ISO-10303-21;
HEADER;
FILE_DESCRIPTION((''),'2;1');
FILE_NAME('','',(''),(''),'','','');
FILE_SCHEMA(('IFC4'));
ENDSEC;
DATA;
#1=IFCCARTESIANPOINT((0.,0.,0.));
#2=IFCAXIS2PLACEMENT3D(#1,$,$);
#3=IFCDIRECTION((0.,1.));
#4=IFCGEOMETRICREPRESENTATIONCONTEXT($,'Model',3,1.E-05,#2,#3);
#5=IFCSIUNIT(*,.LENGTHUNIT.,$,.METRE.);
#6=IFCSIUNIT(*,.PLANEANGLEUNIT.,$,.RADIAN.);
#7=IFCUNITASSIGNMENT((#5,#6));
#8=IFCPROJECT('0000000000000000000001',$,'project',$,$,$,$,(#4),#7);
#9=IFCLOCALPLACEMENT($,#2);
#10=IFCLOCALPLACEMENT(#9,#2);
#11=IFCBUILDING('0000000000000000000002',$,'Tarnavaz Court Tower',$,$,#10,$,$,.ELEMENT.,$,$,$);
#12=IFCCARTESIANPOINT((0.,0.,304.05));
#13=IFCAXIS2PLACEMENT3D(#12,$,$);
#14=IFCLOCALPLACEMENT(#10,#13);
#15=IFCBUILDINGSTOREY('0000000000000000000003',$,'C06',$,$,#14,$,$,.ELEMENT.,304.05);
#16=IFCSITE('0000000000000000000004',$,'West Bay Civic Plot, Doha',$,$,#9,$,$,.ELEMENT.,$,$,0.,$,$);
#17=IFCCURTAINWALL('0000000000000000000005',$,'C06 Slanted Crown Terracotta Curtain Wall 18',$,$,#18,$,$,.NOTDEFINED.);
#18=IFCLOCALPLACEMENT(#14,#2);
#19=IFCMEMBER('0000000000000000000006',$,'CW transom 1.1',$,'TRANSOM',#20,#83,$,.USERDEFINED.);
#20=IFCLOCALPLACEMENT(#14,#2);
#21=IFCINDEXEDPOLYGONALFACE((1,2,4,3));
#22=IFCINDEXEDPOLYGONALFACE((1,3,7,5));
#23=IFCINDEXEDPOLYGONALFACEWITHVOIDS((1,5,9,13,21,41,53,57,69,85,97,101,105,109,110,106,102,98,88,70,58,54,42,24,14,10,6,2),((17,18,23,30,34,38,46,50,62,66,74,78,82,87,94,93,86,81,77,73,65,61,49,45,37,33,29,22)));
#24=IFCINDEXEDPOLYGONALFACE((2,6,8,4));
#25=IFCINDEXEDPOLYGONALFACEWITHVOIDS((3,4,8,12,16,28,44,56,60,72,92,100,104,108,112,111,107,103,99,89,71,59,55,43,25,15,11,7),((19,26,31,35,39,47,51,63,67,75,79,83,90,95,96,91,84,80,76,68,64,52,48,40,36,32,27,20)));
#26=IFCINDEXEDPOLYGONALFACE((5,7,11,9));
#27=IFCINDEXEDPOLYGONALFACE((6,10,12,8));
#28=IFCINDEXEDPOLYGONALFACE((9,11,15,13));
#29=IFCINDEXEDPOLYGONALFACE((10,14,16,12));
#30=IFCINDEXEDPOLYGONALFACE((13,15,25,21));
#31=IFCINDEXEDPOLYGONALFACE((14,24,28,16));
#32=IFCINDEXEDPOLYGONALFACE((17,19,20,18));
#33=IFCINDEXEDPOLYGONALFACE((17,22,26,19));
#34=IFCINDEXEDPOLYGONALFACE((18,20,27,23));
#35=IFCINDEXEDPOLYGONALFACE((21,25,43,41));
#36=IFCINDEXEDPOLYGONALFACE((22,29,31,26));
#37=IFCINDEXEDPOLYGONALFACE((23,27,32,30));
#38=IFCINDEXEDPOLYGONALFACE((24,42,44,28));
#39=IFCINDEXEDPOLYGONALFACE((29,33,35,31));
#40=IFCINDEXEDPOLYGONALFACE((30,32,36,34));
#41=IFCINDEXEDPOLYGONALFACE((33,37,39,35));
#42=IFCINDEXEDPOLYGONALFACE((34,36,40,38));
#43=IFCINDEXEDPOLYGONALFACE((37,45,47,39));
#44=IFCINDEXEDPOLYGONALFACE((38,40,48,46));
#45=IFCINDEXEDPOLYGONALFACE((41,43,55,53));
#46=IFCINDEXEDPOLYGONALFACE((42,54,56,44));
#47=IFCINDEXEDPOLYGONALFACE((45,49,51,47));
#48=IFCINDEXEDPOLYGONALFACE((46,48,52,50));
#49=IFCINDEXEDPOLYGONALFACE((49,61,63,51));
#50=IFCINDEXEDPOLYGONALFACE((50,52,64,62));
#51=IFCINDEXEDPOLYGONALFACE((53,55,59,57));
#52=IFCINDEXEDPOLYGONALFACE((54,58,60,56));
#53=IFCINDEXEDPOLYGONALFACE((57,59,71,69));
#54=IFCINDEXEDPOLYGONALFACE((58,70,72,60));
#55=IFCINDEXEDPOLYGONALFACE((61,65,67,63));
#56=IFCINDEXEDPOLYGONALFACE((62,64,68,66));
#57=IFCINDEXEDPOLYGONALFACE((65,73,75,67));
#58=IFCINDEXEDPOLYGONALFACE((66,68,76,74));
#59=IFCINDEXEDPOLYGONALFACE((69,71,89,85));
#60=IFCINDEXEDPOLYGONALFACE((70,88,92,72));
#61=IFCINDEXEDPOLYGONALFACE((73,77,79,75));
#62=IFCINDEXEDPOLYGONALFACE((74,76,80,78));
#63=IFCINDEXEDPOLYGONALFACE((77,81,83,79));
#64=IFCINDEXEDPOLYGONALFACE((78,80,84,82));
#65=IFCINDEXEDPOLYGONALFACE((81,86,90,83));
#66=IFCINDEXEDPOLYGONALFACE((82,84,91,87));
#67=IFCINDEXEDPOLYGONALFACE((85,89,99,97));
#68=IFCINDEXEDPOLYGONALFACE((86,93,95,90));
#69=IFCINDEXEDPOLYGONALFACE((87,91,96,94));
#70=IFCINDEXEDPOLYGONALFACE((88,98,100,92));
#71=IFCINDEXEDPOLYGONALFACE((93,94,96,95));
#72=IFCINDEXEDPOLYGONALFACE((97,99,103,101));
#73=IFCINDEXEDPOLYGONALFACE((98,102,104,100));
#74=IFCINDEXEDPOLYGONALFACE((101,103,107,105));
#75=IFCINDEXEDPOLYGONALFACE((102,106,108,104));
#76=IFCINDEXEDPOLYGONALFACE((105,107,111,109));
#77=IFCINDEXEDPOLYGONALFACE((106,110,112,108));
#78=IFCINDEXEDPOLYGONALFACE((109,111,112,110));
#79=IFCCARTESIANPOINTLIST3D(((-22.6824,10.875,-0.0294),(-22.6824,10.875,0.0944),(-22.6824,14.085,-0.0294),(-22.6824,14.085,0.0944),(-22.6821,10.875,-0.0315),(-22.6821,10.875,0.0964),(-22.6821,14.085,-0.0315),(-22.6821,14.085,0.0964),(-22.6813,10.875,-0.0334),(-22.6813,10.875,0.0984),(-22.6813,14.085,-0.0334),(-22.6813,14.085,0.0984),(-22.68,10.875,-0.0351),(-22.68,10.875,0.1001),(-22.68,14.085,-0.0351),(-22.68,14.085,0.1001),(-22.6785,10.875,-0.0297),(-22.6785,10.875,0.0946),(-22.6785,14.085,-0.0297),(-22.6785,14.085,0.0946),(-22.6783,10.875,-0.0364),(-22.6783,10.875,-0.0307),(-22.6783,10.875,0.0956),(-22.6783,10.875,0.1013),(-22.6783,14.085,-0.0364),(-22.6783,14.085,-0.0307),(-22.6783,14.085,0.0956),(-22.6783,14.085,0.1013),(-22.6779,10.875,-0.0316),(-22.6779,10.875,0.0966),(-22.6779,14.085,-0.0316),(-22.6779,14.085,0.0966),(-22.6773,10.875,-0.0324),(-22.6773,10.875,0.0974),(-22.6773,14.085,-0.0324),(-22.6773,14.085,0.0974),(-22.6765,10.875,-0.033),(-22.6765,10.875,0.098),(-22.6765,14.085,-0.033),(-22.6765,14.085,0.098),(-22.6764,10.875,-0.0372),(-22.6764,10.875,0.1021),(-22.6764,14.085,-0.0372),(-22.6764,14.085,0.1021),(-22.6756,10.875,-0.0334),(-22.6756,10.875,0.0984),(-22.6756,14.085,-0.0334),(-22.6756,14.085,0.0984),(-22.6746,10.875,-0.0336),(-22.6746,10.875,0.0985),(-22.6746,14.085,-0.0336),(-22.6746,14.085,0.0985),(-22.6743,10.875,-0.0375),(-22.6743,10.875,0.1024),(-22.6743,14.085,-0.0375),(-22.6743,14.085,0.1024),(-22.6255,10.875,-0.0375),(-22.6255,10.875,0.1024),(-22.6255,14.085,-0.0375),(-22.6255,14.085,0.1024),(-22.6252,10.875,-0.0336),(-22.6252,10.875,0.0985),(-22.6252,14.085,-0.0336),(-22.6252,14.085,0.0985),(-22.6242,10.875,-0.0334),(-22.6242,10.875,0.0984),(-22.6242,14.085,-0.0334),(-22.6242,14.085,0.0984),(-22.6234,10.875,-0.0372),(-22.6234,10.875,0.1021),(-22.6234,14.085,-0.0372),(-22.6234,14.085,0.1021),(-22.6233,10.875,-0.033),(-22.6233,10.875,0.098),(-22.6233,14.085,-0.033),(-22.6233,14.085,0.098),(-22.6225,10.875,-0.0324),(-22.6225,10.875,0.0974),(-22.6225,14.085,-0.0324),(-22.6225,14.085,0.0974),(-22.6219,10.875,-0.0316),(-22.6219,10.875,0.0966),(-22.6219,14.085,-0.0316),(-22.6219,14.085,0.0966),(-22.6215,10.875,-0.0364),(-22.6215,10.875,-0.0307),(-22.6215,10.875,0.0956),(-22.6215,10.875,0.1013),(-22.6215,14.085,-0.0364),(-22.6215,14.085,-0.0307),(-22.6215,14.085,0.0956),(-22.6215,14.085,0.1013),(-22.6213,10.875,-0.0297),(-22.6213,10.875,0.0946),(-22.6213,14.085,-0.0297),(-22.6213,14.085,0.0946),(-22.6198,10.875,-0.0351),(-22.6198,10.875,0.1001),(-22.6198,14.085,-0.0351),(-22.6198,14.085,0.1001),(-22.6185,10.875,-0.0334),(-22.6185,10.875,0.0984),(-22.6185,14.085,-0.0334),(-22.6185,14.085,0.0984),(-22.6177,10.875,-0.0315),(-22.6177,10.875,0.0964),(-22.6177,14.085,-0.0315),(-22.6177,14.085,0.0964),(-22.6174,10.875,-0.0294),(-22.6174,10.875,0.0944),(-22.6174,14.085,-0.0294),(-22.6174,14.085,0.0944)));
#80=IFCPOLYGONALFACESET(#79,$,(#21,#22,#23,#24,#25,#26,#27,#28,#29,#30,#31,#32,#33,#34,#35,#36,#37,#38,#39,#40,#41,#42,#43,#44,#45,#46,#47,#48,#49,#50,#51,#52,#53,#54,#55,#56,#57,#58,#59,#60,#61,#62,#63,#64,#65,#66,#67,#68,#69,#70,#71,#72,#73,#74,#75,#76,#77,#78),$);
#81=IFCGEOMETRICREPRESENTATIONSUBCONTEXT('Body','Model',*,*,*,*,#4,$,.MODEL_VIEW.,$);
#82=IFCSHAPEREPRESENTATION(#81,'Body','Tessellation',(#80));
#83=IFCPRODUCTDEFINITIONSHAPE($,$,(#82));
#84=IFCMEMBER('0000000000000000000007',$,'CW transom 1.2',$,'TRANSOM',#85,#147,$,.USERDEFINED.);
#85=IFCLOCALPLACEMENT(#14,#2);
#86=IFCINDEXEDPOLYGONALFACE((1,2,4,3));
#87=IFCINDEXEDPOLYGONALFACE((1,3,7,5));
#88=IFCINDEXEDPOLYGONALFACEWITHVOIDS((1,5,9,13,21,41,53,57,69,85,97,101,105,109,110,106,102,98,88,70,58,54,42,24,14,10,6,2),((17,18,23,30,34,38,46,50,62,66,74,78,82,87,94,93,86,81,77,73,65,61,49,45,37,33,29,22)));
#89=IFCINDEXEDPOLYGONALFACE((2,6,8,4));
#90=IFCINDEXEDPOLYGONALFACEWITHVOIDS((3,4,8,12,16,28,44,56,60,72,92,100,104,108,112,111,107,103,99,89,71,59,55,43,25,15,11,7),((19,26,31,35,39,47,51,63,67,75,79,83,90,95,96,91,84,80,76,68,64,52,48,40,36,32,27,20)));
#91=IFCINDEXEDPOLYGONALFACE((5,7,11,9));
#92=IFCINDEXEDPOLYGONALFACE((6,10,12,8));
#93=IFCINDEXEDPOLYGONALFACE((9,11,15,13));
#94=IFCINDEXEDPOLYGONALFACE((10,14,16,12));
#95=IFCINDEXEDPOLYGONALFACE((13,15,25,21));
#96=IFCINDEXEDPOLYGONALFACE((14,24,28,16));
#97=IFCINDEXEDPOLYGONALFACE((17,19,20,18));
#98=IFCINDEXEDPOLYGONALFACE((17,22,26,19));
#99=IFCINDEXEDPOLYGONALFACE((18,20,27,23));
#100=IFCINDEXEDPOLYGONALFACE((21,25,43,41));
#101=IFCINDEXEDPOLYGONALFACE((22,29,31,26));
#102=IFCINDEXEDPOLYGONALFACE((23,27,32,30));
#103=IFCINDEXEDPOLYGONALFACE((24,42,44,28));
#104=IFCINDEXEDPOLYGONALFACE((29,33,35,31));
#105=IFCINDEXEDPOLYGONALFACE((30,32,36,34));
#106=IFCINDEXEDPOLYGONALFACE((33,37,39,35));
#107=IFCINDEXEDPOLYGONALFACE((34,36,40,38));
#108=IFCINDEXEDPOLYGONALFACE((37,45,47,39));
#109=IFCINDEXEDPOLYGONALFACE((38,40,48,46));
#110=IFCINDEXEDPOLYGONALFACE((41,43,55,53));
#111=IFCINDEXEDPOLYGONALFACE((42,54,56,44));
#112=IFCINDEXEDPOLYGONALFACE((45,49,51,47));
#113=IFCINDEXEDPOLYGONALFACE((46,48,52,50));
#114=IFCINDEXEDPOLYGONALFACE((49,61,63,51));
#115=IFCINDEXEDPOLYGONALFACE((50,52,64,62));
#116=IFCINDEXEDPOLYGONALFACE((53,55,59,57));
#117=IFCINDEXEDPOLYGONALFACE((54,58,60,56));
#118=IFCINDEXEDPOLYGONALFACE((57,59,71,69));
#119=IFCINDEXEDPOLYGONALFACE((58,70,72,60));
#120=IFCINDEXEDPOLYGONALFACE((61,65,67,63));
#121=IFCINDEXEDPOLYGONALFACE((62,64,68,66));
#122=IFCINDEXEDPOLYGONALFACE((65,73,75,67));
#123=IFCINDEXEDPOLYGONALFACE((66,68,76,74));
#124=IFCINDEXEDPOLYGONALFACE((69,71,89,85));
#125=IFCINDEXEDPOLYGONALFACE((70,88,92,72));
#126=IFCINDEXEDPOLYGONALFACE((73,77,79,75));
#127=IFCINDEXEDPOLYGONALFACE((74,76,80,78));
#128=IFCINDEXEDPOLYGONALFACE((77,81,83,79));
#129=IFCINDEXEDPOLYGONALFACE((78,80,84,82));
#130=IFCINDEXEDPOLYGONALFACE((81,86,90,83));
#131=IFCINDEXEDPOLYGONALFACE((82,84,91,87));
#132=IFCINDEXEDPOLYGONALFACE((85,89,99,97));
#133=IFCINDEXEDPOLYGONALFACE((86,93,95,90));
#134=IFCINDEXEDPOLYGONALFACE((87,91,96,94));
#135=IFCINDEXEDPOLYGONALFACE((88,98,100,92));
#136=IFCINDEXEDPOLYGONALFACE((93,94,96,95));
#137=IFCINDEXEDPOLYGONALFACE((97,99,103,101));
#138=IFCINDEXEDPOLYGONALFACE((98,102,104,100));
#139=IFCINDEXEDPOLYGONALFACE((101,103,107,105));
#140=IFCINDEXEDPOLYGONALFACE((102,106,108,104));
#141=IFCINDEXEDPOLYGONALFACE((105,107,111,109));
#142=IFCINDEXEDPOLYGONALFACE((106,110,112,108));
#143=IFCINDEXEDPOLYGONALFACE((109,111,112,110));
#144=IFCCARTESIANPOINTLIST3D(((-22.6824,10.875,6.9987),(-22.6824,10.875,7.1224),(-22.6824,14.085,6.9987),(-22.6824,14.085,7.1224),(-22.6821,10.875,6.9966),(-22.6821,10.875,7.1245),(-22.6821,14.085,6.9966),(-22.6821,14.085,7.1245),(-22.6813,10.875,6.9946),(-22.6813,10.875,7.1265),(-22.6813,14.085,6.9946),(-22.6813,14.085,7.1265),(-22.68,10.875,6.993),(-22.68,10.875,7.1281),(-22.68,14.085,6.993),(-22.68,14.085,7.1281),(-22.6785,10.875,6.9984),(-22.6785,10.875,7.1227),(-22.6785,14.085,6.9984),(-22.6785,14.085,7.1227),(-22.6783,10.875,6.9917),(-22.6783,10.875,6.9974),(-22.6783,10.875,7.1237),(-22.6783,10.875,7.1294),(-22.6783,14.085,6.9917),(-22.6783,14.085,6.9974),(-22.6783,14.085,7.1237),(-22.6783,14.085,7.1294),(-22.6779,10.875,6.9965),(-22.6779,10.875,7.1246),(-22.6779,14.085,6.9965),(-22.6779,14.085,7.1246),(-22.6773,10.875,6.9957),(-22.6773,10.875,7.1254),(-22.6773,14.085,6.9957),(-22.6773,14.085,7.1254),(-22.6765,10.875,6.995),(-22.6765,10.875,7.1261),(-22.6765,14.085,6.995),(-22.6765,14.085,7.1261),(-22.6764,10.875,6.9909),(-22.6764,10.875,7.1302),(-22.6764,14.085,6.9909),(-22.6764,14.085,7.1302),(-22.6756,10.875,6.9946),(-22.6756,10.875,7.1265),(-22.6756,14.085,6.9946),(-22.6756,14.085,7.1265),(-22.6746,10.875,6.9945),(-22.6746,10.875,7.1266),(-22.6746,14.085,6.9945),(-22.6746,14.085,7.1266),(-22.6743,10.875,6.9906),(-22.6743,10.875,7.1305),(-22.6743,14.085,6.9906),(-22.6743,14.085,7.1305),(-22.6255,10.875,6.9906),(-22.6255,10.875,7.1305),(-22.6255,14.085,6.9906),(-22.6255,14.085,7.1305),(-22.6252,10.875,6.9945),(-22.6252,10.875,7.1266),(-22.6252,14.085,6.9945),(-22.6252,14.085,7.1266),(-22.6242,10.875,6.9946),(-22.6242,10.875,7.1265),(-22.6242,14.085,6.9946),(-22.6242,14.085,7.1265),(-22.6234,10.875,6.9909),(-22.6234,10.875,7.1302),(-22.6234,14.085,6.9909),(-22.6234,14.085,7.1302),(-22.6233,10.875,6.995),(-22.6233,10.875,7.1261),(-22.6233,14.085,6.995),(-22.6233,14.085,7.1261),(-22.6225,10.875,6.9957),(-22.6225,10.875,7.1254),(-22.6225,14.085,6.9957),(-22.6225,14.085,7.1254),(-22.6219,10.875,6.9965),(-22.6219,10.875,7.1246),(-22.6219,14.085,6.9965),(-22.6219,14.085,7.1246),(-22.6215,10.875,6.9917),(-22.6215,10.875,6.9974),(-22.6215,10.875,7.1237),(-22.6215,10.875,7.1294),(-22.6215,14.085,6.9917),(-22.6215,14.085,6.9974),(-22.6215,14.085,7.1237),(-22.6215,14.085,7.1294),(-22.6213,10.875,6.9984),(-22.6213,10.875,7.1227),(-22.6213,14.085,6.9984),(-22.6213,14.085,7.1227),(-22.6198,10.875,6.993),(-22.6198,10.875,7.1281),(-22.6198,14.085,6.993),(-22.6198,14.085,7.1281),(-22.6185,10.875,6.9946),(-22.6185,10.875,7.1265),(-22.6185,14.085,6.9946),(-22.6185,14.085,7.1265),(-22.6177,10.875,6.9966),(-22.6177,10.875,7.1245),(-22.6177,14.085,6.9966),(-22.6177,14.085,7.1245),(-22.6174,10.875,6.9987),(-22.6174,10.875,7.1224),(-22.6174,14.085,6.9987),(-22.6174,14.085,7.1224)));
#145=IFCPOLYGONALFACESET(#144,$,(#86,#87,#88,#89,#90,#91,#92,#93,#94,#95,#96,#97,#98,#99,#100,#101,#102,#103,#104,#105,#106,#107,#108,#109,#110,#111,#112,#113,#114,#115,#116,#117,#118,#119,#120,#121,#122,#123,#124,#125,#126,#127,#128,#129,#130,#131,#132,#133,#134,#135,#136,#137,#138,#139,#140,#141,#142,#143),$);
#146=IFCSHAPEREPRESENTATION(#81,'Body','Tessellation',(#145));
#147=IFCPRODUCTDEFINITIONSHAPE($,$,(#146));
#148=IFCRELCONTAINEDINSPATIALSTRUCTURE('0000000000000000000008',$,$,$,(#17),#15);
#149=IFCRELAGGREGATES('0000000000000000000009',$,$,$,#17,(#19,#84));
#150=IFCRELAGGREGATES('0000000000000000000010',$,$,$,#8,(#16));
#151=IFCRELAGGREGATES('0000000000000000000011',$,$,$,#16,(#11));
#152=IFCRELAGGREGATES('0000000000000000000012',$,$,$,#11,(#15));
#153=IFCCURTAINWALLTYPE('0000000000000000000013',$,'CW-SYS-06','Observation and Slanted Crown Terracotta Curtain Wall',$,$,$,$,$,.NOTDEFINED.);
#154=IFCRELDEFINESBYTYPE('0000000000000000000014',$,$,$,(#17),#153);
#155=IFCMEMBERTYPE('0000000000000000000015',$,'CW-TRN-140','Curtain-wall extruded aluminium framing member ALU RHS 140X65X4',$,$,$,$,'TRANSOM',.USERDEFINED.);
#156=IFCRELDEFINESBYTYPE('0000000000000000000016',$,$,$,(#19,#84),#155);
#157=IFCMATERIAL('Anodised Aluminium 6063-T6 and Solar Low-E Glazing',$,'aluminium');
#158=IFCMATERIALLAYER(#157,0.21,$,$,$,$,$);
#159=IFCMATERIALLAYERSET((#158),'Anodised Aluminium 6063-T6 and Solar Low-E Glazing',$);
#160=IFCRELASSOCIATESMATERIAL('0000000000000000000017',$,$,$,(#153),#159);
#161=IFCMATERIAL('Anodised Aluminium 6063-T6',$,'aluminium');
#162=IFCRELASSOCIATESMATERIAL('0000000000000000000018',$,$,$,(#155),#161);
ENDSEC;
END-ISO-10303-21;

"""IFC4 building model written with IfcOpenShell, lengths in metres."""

from ifc_helpers import new_model, si_unit, direction, frame, origin, origin_2d, place, context, subcontext, project, spatial, hollow_rectangle, extrude, material, layer, layer_set, material_profile, profile_set, type_object, element, aggregate, save


model = new_model("IFC4")

# Units and contexts
model_context = context("Model", 3, precision=1e-05, world=origin(), true_north=direction((0.0, 1.0)))
body_context = subcontext(model_context, "Body", "Model", "MODEL_VIEW")
ifc_project = project(units=[si_unit("LENGTHUNIT", "METRE"), si_unit("PLANEANGLEUNIT", "RADIAN")], contexts=[model_context])

# Site, building, storey
site_placement = place(None, origin())
site = spatial("IfcSite", under=ifc_project, at=site_placement, Name="West Bay Civic Plot, Doha", CompositionType="ELEMENT", RefElevation=0.0)
building_placement = place(site_placement, origin())
building = spatial("IfcBuilding", under=site, at=building_placement, Name="Tarnavaz Court Tower", CompositionType="ELEMENT")
storey_placement = place(building_placement, frame((0.0, 0.0, 304.05)))
storey = spatial("IfcBuildingStorey", under=building, at=storey_placement, Name="C06", CompositionType="ELEMENT", Elevation=304.05)

# Curtain wall
ifc_material_1 = material(Name="Anodised Aluminium 6063-T6 and Solar Low-E Glazing", Category="aluminium")
ifc_layer_1 = layer(ifc_material_1, 0.21)
ifc_layer_set_1 = layer_set([ifc_layer_1], Name="Anodised Aluminium 6063-T6 and Solar Low-E Glazing")
curtain_wall_type = type_object("IfcCurtainWallType", Name="CW-SYS-06", Description="Observation and Slanted Crown Terracotta Curtain Wall", PredefinedType="NOTDEFINED", material=ifc_layer_set_1)
ifc_material_2 = material(Name="Anodised Aluminium 6063-T6", Category="aluminium")
curtain_wall_1_placement = place(storey_placement, origin())
curtain_wall_1 = element("IfcCurtainWall", 1, at=curtain_wall_1_placement, inside=storey, type_object=curtain_wall_type, Name="C06 Slanted Crown Terracotta Curtain Wall 18", PredefinedType="NOTDEFINED")

# Members
ifc_material_profile_1 = material_profile(ifc_material_2, hollow_rectangle(XDim=0.0649, YDim=0.1399, WallThickness=0.0039, InnerFilletRadius=0.0039, OuterFilletRadius=0.0081, at=origin_2d()), Name="ALU RHS 140X65X4")
ifc_profile_set_1 = profile_set([ifc_material_profile_1], Name="Anodised Aluminium 6063-T6")
member_type_1 = type_object("IfcMemberType", Name="CW-TRN-140", Description="Curtain-wall extruded aluminium framing member ALU RHS 140X65X4", ElementType="TRANSOM", PredefinedType="USERDEFINED", material=ifc_profile_set_1)
member_1_placement = place(storey_placement, frame((-22.6499, 10.875, 0.0325), z_axis=(0.0, 1.0, 0.0), x_axis=(-1.0, 0.0, 0.0)))
member_1 = element("IfcMember", 2, at=member_1_placement, type_object=member_type_1, Name="CW transom 1.1", ObjectType="TRANSOM", PredefinedType="USERDEFINED", context=body_context, shape_type="SweptSolid", body=[
    extrude(hollow_rectangle(XDim=0.0649, YDim=0.1399, WallThickness=0.0039, InnerFilletRadius=0.0039, OuterFilletRadius=0.0081, at=origin_2d()), origin(), (0.0, 0.0, 1.0), 3.21),
])
member_2_placement = place(storey_placement, frame((-22.6499, 10.875, 7.0605), z_axis=(0.0, 1.0, 0.0), x_axis=(-1.0, 0.0, 0.0)))
member_2 = element("IfcMember", 3, at=member_2_placement, type_object=member_type_1, Name="CW transom 1.2", ObjectType="TRANSOM", PredefinedType="USERDEFINED", context=body_context, shape_type="SweptSolid", body=[
    extrude(hollow_rectangle(XDim=0.0649, YDim=0.1399, WallThickness=0.0039, InnerFilletRadius=0.0039, OuterFilletRadius=0.0081, at=origin_2d()), origin(), (0.0, 0.0, 1.0), 3.21),
])

aggregate(curtain_wall_1, [member_1, member_2])

save(model, "model.ifc")
